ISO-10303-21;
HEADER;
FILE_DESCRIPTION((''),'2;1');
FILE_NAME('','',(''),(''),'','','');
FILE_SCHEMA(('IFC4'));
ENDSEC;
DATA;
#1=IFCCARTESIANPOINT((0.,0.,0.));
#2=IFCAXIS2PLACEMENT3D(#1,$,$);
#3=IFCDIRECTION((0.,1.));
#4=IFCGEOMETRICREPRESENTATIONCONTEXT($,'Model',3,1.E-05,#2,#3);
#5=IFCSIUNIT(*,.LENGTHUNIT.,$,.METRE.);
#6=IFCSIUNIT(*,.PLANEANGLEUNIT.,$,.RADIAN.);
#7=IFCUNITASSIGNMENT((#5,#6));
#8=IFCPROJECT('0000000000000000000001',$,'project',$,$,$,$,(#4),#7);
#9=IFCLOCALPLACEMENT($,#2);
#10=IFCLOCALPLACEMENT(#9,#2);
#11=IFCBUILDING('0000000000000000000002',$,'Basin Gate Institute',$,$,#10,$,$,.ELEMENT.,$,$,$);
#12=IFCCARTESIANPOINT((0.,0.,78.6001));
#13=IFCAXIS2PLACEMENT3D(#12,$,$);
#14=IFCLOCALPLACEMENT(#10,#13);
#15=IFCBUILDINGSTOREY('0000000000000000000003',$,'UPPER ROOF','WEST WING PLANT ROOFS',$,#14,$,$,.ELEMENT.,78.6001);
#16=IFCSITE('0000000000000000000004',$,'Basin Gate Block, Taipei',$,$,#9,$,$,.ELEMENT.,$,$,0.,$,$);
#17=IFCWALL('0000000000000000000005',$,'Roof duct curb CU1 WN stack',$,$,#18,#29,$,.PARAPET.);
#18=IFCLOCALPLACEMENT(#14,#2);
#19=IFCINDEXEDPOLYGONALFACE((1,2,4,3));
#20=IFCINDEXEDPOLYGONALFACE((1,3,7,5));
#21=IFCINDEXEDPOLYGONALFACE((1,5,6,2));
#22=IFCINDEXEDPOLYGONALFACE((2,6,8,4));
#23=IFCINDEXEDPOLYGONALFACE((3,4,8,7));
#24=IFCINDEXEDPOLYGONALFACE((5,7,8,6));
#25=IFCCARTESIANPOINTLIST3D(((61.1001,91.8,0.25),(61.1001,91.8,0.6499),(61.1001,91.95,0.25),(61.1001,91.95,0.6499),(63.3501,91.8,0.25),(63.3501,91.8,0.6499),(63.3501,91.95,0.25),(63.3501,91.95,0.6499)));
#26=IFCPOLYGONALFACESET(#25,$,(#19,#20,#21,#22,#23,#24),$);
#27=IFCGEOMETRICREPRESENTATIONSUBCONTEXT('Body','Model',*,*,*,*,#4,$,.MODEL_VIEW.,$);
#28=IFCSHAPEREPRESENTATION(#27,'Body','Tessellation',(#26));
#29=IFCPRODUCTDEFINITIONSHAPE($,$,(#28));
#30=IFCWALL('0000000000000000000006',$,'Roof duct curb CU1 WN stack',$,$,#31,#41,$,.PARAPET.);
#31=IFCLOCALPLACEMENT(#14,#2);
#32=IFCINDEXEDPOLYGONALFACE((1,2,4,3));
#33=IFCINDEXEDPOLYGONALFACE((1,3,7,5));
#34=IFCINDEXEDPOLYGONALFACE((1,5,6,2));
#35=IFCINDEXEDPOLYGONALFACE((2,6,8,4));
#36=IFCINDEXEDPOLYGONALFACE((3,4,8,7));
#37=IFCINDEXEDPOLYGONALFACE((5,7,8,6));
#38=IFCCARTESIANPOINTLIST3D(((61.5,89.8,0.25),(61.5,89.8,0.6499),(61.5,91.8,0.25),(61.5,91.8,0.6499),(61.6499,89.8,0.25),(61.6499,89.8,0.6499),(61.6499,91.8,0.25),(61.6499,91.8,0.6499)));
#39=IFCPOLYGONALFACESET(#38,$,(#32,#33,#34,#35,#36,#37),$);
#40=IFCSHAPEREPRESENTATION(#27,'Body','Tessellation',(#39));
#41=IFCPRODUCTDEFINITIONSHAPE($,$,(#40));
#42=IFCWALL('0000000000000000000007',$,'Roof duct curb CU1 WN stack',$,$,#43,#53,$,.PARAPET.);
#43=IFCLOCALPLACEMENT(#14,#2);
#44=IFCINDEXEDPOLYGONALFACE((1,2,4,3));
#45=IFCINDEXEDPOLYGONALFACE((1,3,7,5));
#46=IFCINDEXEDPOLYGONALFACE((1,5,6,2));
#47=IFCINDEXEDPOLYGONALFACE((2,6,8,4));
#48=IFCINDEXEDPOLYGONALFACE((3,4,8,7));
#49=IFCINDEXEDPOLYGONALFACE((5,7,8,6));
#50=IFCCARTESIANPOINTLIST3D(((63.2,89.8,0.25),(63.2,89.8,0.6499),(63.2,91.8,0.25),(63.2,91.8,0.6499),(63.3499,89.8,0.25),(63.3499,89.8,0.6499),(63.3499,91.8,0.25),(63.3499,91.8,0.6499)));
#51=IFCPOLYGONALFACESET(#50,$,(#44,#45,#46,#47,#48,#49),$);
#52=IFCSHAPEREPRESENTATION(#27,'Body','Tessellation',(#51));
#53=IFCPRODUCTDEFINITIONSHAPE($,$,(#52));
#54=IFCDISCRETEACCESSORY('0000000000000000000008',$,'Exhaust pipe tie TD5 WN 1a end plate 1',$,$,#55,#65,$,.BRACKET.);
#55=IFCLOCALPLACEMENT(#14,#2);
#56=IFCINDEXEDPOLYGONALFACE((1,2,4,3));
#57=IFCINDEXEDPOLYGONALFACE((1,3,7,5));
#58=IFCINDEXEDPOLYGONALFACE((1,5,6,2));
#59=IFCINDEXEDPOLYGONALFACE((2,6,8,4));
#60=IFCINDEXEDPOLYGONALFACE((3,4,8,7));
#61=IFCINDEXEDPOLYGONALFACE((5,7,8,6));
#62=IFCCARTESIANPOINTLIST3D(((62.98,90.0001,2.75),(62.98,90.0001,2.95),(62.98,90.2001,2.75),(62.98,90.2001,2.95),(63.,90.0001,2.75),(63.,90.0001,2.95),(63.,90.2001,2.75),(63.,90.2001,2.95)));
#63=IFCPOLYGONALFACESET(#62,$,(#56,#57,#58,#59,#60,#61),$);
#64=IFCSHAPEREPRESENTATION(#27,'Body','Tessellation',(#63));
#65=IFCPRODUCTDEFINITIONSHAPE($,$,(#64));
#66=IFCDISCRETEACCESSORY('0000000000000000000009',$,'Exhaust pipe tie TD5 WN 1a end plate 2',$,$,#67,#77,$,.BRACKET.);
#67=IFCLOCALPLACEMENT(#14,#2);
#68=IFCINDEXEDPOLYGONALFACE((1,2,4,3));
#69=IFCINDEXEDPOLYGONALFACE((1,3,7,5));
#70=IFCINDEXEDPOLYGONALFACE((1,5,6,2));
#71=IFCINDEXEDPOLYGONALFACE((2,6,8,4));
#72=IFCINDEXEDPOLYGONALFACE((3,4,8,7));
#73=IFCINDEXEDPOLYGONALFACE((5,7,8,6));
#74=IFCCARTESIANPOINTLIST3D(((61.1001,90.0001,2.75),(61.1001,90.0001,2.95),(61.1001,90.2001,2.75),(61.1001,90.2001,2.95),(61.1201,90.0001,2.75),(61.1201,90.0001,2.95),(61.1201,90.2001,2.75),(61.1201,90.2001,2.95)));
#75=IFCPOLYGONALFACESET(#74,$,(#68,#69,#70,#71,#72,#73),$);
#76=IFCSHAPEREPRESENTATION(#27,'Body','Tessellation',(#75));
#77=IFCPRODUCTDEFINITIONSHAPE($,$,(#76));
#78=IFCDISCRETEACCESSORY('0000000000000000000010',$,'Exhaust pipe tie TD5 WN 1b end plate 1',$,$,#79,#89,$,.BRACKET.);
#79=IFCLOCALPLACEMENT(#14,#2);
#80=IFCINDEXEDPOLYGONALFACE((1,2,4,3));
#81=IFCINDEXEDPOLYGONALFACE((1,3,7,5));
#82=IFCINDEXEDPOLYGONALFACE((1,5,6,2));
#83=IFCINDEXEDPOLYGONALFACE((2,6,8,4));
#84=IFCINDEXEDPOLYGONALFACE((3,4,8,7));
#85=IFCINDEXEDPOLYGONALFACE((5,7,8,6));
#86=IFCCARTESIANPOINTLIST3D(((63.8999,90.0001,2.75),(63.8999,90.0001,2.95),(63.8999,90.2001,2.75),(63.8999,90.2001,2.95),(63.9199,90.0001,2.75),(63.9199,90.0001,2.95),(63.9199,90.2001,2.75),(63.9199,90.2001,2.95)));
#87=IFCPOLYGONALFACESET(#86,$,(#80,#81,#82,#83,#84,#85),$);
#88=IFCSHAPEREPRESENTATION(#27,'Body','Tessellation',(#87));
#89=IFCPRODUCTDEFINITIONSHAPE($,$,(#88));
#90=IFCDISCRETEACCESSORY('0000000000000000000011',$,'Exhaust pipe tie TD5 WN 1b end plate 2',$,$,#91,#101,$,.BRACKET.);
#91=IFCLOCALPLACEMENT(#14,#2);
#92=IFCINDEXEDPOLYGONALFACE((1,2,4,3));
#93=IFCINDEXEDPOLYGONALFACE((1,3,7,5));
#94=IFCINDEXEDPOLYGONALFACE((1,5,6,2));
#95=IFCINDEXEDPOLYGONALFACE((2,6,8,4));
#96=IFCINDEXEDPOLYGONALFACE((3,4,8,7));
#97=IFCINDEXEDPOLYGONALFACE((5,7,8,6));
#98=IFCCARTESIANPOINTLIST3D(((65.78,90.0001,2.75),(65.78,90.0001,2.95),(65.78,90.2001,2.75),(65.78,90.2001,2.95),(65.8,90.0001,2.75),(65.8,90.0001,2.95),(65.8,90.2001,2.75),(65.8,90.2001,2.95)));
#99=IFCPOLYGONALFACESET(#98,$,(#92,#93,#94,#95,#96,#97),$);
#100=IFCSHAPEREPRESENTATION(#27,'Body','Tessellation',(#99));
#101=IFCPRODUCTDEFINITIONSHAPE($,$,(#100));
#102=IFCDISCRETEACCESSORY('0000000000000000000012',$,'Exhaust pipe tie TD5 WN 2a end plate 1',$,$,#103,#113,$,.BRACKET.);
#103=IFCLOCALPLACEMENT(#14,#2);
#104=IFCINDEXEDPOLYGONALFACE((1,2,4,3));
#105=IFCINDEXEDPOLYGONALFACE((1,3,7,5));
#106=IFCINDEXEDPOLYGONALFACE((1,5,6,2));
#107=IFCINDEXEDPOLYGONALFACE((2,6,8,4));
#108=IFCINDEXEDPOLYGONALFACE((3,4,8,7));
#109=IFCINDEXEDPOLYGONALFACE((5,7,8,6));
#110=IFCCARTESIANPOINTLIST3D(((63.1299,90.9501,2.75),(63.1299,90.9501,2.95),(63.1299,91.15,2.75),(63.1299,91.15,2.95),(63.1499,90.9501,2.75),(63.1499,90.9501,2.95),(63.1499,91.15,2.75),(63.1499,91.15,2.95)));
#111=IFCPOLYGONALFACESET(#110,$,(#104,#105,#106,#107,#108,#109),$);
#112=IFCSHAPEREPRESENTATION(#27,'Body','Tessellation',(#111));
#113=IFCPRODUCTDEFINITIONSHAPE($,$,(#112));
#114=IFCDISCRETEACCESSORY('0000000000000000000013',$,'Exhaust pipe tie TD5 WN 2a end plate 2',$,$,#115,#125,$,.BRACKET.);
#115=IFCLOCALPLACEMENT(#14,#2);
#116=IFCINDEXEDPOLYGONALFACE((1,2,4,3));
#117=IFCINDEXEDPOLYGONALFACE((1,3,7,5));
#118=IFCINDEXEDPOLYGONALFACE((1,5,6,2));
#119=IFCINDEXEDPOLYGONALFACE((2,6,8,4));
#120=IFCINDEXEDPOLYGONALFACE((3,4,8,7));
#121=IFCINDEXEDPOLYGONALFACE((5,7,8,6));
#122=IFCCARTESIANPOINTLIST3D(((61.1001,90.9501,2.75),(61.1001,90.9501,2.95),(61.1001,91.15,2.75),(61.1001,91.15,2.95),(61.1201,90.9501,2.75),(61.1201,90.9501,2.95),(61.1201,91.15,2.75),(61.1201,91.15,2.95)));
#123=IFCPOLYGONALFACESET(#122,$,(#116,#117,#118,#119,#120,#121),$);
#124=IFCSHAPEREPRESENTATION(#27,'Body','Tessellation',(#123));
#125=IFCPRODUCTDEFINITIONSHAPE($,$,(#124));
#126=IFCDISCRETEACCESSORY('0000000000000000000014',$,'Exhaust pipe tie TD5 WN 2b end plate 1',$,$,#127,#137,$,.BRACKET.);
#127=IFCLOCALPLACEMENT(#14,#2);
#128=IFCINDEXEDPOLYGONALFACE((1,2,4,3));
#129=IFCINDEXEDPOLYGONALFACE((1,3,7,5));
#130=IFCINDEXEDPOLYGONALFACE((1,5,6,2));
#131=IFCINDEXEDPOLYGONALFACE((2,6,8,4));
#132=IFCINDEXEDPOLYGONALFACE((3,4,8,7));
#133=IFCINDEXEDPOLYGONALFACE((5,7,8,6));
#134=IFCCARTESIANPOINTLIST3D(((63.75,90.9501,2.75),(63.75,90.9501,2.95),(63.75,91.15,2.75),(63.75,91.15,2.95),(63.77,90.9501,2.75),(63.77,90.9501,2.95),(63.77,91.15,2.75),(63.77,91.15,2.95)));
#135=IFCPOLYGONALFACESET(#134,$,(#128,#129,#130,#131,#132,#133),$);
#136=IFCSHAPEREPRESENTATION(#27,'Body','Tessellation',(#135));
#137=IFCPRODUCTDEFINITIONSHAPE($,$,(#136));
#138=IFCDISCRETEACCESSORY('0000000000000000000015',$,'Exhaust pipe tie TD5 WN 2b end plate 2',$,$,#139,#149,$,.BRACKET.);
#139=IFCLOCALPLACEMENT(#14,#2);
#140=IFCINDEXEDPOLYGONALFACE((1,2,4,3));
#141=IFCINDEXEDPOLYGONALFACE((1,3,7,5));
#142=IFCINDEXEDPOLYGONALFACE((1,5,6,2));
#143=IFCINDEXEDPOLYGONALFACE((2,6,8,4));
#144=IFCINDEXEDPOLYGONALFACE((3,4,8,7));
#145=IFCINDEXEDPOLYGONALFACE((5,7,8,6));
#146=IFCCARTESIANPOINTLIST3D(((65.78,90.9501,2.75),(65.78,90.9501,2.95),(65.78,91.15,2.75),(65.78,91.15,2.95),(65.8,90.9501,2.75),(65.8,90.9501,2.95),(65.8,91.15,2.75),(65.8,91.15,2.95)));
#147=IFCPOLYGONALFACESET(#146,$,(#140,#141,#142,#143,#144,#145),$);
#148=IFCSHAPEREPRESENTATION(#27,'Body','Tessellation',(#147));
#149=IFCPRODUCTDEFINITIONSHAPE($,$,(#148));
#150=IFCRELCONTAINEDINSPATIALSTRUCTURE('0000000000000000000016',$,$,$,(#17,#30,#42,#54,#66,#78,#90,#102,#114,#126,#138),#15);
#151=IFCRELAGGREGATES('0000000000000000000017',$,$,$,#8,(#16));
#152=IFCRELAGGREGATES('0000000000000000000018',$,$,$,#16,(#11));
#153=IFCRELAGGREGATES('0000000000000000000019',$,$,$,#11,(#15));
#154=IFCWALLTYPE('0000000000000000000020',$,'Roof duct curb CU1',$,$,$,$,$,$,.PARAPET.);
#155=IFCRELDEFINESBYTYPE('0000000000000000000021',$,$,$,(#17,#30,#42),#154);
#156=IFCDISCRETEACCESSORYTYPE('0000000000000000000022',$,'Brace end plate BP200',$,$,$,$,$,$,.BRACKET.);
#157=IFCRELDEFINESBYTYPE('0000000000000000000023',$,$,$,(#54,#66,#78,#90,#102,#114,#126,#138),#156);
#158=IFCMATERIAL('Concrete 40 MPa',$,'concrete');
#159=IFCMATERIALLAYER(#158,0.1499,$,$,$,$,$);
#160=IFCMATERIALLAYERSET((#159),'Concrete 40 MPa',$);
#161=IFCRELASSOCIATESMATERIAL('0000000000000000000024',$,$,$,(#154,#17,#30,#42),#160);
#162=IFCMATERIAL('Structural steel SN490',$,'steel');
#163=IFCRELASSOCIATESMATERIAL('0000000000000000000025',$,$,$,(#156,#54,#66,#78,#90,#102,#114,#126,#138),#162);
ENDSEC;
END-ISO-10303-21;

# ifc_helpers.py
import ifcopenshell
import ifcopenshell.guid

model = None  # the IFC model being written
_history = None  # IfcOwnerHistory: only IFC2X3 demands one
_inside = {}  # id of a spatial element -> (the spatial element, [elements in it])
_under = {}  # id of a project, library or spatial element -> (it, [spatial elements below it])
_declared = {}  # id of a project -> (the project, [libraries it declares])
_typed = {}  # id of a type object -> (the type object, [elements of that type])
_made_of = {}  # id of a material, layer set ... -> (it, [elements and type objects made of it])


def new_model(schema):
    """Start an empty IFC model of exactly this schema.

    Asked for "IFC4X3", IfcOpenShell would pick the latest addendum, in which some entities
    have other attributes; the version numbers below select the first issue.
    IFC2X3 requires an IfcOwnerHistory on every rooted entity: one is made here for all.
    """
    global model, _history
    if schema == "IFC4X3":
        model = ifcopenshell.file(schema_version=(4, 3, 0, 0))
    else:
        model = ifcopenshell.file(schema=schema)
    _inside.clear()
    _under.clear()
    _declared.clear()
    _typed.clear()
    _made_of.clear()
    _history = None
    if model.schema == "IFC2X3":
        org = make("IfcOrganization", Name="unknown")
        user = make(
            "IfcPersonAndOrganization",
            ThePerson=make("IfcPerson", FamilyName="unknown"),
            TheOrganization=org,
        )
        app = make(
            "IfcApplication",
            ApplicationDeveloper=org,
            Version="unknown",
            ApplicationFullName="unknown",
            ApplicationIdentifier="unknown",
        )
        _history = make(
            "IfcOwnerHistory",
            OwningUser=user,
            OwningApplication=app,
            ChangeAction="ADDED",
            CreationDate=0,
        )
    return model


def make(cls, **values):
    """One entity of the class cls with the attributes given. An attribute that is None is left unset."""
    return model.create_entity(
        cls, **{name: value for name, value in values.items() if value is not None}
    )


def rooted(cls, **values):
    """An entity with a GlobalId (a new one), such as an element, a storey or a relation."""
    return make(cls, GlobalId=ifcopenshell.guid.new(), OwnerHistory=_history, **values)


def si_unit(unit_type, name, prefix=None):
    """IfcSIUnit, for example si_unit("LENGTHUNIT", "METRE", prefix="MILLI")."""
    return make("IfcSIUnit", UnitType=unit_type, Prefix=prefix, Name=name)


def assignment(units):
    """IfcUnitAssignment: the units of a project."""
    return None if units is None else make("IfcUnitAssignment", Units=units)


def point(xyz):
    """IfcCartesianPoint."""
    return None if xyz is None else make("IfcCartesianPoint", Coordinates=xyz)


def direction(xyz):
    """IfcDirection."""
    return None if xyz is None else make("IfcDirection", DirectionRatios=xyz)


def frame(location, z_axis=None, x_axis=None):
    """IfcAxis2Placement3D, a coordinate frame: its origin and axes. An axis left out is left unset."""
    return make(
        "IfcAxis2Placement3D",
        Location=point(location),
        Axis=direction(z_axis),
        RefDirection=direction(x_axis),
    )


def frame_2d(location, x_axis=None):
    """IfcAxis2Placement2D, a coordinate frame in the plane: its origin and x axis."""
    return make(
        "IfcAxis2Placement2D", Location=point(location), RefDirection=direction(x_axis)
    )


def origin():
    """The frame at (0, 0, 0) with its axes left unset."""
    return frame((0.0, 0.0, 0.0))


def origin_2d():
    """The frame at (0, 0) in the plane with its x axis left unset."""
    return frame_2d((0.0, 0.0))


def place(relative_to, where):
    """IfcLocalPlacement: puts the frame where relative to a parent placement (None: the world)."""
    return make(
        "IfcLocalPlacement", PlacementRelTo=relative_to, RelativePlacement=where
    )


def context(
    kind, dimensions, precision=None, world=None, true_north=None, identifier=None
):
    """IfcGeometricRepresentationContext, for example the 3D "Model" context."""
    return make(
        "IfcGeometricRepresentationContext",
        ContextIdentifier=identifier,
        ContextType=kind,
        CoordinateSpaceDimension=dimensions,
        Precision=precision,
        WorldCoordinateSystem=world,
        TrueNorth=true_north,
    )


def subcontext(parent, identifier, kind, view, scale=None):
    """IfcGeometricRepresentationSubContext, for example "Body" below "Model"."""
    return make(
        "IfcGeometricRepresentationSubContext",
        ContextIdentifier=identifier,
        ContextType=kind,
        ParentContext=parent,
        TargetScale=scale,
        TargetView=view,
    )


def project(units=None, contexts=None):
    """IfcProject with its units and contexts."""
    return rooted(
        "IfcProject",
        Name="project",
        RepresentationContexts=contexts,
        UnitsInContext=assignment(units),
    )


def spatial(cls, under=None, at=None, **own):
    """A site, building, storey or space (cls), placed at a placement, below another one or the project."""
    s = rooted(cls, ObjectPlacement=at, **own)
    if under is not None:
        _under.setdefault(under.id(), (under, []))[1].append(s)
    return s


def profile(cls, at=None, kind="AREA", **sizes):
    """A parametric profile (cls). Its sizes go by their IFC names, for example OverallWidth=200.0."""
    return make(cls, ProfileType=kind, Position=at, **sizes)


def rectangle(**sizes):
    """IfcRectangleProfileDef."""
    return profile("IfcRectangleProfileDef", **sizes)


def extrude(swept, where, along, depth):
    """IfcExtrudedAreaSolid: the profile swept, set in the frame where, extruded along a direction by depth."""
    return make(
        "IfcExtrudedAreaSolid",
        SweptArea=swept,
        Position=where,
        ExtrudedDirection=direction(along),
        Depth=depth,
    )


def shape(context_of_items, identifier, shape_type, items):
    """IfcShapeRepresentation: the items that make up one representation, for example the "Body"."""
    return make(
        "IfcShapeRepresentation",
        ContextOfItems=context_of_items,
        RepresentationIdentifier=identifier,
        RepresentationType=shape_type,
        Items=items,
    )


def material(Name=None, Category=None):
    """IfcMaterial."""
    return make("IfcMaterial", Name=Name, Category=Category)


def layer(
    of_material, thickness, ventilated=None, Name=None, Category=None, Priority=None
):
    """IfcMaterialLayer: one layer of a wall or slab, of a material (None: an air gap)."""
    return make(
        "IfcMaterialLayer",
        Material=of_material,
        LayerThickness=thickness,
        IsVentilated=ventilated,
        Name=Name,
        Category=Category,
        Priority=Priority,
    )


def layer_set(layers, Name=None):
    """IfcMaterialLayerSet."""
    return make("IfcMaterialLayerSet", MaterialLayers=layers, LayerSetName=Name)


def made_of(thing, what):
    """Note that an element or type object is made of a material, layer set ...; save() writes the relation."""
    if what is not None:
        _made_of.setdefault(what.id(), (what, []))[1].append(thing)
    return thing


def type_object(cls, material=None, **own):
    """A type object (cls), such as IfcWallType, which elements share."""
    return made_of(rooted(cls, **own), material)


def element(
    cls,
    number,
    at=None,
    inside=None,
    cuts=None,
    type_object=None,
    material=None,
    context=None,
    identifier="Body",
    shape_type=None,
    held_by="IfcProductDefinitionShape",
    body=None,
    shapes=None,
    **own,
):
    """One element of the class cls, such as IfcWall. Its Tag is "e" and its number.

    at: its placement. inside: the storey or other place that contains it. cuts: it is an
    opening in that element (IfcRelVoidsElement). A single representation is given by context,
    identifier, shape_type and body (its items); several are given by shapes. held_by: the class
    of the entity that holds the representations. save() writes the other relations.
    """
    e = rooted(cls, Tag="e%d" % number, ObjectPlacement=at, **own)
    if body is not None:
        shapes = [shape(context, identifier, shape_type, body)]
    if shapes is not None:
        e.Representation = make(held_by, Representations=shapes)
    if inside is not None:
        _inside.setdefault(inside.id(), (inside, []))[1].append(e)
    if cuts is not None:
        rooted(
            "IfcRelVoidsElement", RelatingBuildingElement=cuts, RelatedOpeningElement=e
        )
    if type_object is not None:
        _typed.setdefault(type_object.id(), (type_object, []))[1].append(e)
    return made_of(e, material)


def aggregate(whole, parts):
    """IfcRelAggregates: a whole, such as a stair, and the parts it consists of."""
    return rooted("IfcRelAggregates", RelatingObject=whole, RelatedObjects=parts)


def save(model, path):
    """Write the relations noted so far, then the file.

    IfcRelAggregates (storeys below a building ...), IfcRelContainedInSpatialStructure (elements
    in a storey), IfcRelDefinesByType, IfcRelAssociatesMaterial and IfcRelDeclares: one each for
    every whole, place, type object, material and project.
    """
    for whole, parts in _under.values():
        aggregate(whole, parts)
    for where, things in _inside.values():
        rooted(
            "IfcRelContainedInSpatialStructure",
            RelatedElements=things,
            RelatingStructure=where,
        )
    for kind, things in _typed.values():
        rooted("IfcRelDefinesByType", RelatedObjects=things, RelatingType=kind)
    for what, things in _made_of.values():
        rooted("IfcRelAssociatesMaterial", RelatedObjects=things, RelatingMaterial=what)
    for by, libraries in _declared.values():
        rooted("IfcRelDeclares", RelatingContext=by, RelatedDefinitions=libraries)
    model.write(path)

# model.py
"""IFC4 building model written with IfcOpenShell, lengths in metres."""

from ifc_helpers import new_model, si_unit, direction, frame, frame_2d, origin, origin_2d, place, context, subcontext, project, spatial, rectangle, extrude, material, layer, layer_set, type_object, element, save


model = new_model("IFC4")

# Units and contexts
model_context = context("Model", 3, precision=1e-05, world=origin(), true_north=direction((0.0, 1.0)))
body_context = subcontext(model_context, "Body", "Model", "MODEL_VIEW")
ifc_project = project(units=[si_unit("LENGTHUNIT", "METRE"), si_unit("PLANEANGLEUNIT", "RADIAN")], contexts=[model_context])

# Site, building, storey
site_placement = place(None, origin())
site = spatial("IfcSite", under=ifc_project, at=site_placement, Name="Basin Gate Block, Taipei", CompositionType="ELEMENT", RefElevation=0.0)
building_placement = place(site_placement, origin())
building = spatial("IfcBuilding", under=site, at=building_placement, Name="Basin Gate Institute", CompositionType="ELEMENT")
storey_placement = place(building_placement, frame((0.0, 0.0, 78.6001)))
storey = spatial("IfcBuildingStorey", under=building, at=storey_placement, Name="UPPER ROOF", Description="WEST WING PLANT ROOFS", CompositionType="ELEMENT", Elevation=78.6001)

# Walls
ifc_material_1 = material(Name="Concrete 40 MPa", Category="concrete")
ifc_layer_1 = layer(ifc_material_1, 0.1499)
ifc_layer_set_1 = layer_set([ifc_layer_1], Name="Concrete 40 MPa")
wall_type_1 = type_object("IfcWallType", Name="Roof duct curb CU1", PredefinedType="PARAPET", material=ifc_layer_set_1)
for number, where, z_axis, x_axis, name in (
    (1, (61.1001, 91.875, 0.25), (0.0, 0.0, 1.0), (1.0, 0.0, 0.0), "Roof duct curb CU1 WN stack"),
):
    element("IfcWall", number, at=place(storey_placement, frame(where, z_axis=z_axis, x_axis=x_axis)), inside=storey, type_object=wall_type_1, material=ifc_layer_set_1, Name=name, PredefinedType="PARAPET", context=body_context, shape_type="SweptSolid", body=[
        extrude(rectangle(XDim=2.25, YDim=0.1499, at=frame_2d((1.125, 0.0))), origin(), (0.0, 0.0, 1.0), 0.3999),
    ])
for number, where, z_axis, x_axis, name in (
    (2, (61.575, 89.8, 0.25), (0.0, 0.0, 1.0), (0.0, 1.0, 0.0), "Roof duct curb CU1 WN stack"),
    (3, (63.2749, 89.8, 0.25), (0.0, 0.0, 1.0), (0.0, 1.0, 0.0), "Roof duct curb CU1 WN stack"),
):
    element("IfcWall", number, at=place(storey_placement, frame(where, z_axis=z_axis, x_axis=x_axis)), inside=storey, type_object=wall_type_1, material=ifc_layer_set_1, Name=name, PredefinedType="PARAPET", context=body_context, shape_type="SweptSolid", body=[
        extrude(rectangle(XDim=2.0, YDim=0.1499, at=frame_2d((1.0, 0.0))), origin(), (0.0, 0.0, 1.0), 0.3999),
    ])

# Discrete accessories
ifc_material_2 = material(Name="Structural steel SN490", Category="steel")
discrete_accessory_type = type_object("IfcDiscreteAccessoryType", Name="Brace end plate BP200", PredefinedType="BRACKET", material=ifc_material_2)
for number, where, z_axis, x_axis, name in (
    (4, (62.99, 90.1001, 2.75), (0.0, 0.0, 1.0), (1.0, 0.0, 0.0), "Exhaust pipe tie TD5 WN 1a end plate 1"),
    (5, (61.1101, 90.1001, 2.75), (0.0, 0.0, 1.0), (1.0, 0.0, 0.0), "Exhaust pipe tie TD5 WN 1a end plate 2"),
    (6, (63.9099, 90.1001, 2.75), (0.0, 0.0, 1.0), (1.0, 0.0, 0.0), "Exhaust pipe tie TD5 WN 1b end plate 1"),
    (7, (65.79, 90.1001, 2.75), (0.0, 0.0, 1.0), (1.0, 0.0, 0.0), "Exhaust pipe tie TD5 WN 1b end plate 2"),
    (8, (63.1399, 91.05, 2.75), (0.0, 0.0, 1.0), (1.0, 0.0, 0.0), "Exhaust pipe tie TD5 WN 2a end plate 1"),
    (9, (61.1101, 91.05, 2.75), (0.0, 0.0, 1.0), (1.0, 0.0, 0.0), "Exhaust pipe tie TD5 WN 2a end plate 2"),
    (10, (63.76, 91.05, 2.75), (0.0, 0.0, 1.0), (1.0, 0.0, 0.0), "Exhaust pipe tie TD5 WN 2b end plate 1"),
    (11, (65.79, 91.05, 2.75), (0.0, 0.0, 1.0), (1.0, 0.0, 0.0), "Exhaust pipe tie TD5 WN 2b end plate 2"),
):
    element("IfcDiscreteAccessory", number, at=place(storey_placement, frame(where, z_axis=z_axis, x_axis=x_axis)), inside=storey, type_object=discrete_accessory_type, material=ifc_material_2, Name=name, PredefinedType="BRACKET", context=body_context, shape_type="SweptSolid", body=[
        extrude(rectangle(XDim=0.02, YDim=0.2, at=origin_2d()), origin(), (0.0, 0.0, 1.0), 0.2),
    ])

save(model, "model.ifc")
